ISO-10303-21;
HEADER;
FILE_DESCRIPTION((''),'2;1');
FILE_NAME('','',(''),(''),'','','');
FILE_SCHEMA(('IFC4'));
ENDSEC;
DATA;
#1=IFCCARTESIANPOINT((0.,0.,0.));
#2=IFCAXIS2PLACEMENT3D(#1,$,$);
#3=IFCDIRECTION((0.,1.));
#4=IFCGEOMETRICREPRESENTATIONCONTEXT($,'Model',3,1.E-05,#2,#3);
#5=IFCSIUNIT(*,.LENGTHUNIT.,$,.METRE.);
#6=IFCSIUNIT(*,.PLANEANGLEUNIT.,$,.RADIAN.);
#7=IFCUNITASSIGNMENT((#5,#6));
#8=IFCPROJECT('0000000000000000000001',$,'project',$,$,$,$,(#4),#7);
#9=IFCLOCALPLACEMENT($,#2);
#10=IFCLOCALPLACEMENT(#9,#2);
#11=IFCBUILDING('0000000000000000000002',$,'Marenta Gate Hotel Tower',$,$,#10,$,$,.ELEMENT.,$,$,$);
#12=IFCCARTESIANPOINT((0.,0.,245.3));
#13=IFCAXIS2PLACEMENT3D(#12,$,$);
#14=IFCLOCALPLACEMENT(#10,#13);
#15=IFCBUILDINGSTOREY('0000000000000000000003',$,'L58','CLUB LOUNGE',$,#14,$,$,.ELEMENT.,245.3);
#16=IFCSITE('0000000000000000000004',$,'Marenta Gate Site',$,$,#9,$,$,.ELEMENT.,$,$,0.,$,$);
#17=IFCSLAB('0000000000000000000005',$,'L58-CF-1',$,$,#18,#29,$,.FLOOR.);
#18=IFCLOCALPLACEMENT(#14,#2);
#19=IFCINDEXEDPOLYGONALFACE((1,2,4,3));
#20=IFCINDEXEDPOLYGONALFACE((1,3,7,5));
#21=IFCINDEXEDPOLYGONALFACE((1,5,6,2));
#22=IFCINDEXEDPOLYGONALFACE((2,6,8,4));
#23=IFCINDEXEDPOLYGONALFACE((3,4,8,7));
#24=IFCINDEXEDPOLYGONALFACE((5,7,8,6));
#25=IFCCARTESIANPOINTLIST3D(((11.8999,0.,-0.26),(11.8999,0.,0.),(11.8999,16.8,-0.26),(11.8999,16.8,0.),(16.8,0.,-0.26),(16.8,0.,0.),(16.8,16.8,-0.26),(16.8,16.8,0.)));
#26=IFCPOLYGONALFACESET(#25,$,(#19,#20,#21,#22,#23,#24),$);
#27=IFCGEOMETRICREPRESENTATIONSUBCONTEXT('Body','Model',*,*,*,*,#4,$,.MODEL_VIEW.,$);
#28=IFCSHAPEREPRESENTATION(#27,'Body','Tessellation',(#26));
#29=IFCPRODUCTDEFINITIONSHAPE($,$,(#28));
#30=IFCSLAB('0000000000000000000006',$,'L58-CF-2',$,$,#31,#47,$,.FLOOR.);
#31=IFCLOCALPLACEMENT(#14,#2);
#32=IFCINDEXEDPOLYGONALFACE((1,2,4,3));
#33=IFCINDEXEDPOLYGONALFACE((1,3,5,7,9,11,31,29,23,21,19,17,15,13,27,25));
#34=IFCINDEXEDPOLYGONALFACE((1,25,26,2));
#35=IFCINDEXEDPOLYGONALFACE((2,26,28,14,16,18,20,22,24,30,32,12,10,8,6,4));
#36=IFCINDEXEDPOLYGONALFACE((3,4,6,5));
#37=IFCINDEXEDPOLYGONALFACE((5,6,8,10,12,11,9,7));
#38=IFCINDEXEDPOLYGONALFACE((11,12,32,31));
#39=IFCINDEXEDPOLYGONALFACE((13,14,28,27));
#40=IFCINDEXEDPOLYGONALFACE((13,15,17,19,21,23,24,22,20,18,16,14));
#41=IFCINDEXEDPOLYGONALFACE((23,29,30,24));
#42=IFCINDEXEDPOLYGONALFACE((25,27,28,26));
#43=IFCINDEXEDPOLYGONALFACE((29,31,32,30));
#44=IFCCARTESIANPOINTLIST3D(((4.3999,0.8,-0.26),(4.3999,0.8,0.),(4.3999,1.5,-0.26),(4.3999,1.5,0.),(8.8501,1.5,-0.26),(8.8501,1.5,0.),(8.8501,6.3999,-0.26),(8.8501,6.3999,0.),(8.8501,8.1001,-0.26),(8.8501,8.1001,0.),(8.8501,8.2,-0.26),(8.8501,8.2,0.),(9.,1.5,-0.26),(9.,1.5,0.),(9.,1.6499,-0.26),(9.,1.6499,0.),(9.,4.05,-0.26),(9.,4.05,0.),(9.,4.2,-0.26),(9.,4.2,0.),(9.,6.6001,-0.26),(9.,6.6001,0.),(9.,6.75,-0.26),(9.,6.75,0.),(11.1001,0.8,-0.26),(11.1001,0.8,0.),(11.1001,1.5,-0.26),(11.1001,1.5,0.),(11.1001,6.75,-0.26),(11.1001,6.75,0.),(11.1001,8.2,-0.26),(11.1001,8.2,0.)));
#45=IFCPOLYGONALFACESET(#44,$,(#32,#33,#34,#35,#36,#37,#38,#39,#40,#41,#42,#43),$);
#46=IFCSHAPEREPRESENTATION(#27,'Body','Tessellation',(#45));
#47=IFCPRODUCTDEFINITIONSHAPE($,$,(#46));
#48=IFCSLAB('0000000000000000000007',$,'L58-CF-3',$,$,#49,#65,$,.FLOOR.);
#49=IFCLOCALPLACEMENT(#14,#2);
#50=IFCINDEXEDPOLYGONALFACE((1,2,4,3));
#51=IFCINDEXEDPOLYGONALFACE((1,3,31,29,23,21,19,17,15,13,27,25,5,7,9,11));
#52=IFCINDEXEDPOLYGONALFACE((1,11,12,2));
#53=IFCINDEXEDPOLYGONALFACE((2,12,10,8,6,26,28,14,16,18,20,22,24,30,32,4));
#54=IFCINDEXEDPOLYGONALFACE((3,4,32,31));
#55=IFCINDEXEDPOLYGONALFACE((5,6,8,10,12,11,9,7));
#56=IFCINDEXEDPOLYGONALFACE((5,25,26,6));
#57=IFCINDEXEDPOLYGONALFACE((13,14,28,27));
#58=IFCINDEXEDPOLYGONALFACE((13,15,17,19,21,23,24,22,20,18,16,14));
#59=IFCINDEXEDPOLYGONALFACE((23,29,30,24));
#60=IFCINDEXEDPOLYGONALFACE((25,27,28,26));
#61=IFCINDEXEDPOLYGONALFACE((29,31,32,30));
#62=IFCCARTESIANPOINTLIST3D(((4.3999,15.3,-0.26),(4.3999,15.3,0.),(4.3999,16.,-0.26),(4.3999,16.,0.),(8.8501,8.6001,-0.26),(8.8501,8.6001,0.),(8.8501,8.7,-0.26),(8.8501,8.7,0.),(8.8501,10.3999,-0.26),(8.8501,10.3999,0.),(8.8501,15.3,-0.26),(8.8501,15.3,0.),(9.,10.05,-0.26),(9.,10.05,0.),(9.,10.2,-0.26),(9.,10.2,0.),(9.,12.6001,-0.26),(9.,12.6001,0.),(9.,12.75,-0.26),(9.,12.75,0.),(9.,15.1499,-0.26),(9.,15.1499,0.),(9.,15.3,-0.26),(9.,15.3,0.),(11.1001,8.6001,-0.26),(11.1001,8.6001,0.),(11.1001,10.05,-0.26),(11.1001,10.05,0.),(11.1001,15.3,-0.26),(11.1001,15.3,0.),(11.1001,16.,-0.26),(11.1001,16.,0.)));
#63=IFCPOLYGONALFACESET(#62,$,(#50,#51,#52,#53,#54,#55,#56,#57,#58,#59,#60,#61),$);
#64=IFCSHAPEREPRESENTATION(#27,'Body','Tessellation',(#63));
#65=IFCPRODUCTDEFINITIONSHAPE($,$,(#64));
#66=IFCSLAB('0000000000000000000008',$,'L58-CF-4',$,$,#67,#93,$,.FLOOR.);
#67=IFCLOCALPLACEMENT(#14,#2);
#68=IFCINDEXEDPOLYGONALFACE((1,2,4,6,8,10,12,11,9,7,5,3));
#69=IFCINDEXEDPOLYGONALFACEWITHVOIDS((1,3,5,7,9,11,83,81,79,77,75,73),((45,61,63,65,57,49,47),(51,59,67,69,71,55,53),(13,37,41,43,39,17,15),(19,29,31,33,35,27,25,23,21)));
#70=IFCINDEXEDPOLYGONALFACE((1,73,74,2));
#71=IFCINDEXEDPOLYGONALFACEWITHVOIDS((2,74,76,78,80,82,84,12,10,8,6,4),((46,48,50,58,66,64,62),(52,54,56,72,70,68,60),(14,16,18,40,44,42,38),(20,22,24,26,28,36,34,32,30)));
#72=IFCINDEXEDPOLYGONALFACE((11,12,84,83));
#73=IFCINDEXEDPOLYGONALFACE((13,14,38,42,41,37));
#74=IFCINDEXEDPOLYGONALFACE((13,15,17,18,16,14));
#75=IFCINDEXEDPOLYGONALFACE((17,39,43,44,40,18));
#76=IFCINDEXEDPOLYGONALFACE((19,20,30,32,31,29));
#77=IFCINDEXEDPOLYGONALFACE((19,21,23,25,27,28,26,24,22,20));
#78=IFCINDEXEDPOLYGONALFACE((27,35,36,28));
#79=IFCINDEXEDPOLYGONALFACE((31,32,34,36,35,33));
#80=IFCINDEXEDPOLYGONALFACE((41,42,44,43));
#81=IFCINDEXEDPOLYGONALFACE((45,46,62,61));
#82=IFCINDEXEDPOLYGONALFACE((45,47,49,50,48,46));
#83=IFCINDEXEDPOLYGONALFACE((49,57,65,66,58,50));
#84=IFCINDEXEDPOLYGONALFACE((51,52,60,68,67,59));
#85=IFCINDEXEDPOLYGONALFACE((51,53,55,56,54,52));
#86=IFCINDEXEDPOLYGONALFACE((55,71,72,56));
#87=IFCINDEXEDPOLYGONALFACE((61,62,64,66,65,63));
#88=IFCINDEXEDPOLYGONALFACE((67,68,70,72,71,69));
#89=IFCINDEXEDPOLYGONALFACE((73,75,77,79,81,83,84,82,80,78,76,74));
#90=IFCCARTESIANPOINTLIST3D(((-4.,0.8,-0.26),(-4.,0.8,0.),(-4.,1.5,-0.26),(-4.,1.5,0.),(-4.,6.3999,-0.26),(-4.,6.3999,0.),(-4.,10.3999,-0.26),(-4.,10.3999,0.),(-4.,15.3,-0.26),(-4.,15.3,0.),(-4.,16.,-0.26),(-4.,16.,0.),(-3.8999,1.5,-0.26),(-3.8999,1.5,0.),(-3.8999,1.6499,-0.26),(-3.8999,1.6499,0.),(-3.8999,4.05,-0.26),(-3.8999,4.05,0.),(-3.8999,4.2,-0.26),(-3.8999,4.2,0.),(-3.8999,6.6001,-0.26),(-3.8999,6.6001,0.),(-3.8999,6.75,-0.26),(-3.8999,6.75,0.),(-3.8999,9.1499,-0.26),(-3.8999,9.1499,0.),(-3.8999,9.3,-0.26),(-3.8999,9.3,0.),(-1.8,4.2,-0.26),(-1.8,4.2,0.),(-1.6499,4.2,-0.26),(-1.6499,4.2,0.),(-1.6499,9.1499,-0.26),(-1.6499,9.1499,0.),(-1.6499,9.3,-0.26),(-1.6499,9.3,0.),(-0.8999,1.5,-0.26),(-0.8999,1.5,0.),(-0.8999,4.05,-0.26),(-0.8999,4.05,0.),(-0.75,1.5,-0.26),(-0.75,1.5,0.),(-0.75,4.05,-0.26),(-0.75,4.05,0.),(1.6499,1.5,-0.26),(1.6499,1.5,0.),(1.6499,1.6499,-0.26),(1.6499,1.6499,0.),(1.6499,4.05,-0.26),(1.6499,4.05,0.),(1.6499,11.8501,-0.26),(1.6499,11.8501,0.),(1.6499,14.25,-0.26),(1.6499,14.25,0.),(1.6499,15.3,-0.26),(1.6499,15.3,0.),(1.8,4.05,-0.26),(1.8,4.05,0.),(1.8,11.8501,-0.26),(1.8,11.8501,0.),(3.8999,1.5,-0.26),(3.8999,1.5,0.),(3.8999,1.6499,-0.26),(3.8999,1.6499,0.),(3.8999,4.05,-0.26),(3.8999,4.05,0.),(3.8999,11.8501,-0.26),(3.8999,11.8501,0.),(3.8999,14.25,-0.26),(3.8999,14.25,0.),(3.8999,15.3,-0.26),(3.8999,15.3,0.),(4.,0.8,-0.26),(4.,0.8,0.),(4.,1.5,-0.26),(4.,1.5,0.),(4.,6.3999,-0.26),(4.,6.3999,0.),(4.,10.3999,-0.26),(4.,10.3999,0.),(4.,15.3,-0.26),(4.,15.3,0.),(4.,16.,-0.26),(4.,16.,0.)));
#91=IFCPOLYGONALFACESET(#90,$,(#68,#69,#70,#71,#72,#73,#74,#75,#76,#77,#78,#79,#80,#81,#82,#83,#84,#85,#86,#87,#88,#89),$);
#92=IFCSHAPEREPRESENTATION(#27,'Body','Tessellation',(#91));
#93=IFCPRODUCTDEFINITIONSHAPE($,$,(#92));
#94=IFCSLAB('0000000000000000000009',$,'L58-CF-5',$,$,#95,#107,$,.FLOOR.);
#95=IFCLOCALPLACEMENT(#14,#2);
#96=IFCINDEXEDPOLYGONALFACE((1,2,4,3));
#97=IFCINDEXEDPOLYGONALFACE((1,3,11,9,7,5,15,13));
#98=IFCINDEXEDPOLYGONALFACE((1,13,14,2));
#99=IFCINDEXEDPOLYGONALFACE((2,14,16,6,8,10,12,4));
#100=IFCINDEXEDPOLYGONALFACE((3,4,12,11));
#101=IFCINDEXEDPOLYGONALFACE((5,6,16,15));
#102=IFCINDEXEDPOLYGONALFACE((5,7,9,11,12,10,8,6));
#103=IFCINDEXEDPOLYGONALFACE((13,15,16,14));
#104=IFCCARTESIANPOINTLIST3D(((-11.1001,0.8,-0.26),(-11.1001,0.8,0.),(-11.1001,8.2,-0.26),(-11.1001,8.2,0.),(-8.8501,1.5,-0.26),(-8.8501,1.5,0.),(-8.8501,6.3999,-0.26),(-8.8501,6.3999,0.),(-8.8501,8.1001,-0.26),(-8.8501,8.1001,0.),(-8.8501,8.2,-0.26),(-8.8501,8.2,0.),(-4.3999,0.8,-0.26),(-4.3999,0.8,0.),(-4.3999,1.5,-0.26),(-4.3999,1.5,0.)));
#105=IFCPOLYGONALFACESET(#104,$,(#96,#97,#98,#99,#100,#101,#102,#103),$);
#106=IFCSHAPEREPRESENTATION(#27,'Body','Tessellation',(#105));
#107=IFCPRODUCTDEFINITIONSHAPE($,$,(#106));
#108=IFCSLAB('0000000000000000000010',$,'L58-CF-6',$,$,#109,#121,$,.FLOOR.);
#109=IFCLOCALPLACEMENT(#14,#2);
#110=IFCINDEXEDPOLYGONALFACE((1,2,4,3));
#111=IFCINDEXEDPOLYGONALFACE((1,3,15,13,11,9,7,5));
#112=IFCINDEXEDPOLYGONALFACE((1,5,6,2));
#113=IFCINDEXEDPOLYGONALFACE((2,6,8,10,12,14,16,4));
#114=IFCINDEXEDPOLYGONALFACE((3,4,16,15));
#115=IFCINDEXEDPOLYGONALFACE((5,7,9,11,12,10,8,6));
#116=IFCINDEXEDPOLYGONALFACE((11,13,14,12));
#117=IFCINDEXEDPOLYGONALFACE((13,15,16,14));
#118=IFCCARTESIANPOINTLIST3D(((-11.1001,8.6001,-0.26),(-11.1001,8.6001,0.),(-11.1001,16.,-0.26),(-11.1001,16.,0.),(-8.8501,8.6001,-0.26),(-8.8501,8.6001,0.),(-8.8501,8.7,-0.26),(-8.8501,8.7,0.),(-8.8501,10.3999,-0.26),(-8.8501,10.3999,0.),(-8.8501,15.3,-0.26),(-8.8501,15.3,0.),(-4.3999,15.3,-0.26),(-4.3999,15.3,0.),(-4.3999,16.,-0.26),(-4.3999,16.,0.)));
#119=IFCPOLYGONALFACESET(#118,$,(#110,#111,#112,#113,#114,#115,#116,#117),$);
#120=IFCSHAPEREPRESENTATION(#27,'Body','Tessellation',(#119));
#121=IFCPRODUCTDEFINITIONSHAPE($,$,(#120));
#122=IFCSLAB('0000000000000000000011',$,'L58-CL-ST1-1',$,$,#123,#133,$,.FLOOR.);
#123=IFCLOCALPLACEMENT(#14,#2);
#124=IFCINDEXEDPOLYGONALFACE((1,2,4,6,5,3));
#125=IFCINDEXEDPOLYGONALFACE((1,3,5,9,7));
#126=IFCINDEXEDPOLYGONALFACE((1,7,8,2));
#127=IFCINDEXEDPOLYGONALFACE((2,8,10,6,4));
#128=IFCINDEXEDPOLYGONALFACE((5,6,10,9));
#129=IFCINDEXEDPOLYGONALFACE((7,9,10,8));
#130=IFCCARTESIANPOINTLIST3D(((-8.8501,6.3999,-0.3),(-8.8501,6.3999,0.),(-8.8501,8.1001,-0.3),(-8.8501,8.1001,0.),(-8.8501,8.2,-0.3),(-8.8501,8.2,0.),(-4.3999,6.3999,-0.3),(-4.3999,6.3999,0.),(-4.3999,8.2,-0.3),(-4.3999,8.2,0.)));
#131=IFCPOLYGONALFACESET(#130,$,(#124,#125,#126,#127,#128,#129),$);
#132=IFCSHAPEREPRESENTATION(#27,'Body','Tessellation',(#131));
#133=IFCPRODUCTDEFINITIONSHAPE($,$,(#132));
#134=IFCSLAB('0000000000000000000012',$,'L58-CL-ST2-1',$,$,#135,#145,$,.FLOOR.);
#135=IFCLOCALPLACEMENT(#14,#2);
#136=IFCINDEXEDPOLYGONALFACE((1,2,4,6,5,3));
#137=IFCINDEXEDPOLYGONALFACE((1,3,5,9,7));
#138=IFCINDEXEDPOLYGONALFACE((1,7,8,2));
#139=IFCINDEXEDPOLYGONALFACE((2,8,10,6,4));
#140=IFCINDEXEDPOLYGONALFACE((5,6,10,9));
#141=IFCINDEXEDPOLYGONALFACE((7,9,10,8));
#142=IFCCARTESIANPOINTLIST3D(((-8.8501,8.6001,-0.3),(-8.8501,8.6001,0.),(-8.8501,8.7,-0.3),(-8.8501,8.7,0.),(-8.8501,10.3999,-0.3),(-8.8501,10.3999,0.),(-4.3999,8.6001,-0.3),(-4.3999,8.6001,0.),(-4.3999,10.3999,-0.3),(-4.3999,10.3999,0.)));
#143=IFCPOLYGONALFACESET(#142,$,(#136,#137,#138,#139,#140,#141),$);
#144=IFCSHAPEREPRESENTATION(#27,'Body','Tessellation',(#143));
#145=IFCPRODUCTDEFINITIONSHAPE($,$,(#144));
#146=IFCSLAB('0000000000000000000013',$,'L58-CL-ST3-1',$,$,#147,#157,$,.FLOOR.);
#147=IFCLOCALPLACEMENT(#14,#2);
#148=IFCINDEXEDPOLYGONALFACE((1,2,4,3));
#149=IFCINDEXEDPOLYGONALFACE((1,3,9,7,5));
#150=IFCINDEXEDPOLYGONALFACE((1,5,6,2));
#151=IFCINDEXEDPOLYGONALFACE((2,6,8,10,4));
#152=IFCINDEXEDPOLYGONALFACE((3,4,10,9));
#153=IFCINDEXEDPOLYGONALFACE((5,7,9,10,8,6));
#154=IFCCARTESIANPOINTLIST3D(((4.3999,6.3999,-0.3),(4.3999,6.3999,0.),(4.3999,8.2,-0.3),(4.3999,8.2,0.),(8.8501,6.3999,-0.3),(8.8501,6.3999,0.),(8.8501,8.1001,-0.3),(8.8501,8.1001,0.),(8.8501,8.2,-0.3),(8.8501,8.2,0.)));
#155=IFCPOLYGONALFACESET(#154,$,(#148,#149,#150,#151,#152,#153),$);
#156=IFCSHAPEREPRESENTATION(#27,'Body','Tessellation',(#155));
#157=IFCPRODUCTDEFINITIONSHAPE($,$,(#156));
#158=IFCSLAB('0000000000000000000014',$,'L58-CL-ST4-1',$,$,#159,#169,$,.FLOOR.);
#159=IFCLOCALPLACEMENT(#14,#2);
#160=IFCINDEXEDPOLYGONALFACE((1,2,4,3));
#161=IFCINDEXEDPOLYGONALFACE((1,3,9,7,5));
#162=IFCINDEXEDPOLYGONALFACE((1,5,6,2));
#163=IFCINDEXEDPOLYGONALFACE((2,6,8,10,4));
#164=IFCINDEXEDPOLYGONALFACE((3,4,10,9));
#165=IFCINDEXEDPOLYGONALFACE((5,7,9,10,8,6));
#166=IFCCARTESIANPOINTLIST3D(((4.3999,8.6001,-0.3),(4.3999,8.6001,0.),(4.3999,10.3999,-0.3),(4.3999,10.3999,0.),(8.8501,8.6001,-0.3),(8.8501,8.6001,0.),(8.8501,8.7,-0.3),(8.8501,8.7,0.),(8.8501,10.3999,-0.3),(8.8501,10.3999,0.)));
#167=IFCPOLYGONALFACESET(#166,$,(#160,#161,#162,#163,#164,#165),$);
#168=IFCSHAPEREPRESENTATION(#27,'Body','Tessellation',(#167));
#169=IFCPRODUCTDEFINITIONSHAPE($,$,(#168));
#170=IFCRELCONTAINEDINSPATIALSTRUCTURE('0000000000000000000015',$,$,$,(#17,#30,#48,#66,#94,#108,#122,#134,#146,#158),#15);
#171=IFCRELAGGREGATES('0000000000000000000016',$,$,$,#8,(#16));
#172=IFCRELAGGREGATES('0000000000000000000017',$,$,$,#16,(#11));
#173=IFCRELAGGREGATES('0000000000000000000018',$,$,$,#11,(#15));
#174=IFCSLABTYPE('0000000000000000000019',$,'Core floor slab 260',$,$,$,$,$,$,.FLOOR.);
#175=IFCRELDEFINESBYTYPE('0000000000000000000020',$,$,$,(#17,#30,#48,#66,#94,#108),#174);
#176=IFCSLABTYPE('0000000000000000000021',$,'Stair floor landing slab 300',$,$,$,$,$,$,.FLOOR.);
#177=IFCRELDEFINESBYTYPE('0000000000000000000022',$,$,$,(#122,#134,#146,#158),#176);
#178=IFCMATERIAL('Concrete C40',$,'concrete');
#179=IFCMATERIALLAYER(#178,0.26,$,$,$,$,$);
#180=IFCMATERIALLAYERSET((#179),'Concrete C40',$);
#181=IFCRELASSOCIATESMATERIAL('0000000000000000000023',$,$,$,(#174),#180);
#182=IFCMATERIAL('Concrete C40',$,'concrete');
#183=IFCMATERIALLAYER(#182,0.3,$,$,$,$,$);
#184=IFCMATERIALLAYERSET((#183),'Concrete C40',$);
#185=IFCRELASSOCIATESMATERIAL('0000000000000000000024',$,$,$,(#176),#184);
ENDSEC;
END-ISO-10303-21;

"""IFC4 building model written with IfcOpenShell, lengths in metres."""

from ifc_helpers import new_model, si_unit, direction, frame, origin, place, context, subcontext, project, spatial, polyline, outline, extrude, material, layer, layer_set, type_object, element, save


model = new_model("IFC4")

# Units and contexts
model_context = context("Model", 3, precision=1e-05, world=origin(), true_north=direction((0.0, 1.0)))
body_context = subcontext(model_context, "Body", "Model", "MODEL_VIEW")
ifc_project = project(units=[si_unit("LENGTHUNIT", "METRE"), si_unit("PLANEANGLEUNIT", "RADIAN")], contexts=[model_context])

# Site, building, storey
site_placement = place(None, origin())
site = spatial("IfcSite", under=ifc_project, at=site_placement, Name="Marenta Gate Site", CompositionType="ELEMENT", RefElevation=0.0)
building_placement = place(site_placement, origin())
building = spatial("IfcBuilding", under=site, at=building_placement, Name="Marenta Gate Hotel Tower", CompositionType="ELEMENT")
storey_placement = place(building_placement, frame((0.0, 0.0, 245.3)))
storey = spatial("IfcBuildingStorey", under=building, at=storey_placement, Name="L58", Description="CLUB LOUNGE", CompositionType="ELEMENT", Elevation=245.3)

# Slabs
ifc_material_1 = material(Name="Concrete C40", Category="concrete")
ifc_layer_1 = layer(ifc_material_1, 0.26)
ifc_layer_set_1 = layer_set([ifc_layer_1], Name="Concrete C40")
slab_type_1 = type_object("IfcSlabType", Name="Core floor slab 260", PredefinedType="FLOOR", material=ifc_layer_set_1)
slab_1_placement = place(storey_placement, frame((0.0, 0.0, -0.26)))
element("IfcSlab", 1, at=slab_1_placement, inside=storey, type_object=slab_type_1, Name="L58-CF-1", PredefinedType="FLOOR", context=body_context, shape_type="SweptSolid", body=[
    extrude(outline(polyline([(11.8999, 0.0), (11.8999, 16.8), (16.8, 16.8), (16.8, 0.0), (11.8999, 0.0)])), origin(), (0.0, 0.0, 1.0), 0.26),
])
slab_2_placement = place(storey_placement, frame((0.0, 0.0, -0.26)))
element("IfcSlab", 2, at=slab_2_placement, inside=storey, type_object=slab_type_1, Name="L58-CF-2", PredefinedType="FLOOR", context=body_context, shape_type="SweptSolid", body=[
    extrude(outline(polyline([(8.8501, 1.5), (8.8501, 6.3999), (8.8501, 8.1001), (8.8501, 8.2), (11.1001, 8.2), (11.1001, 6.75), (9.0, 6.75), (9.0, 6.6001), (9.0, 4.2), (9.0, 4.05), (9.0, 1.6499), (9.0, 1.5), (11.1001, 1.5), (11.1001, 0.8), (4.3999, 0.8), (4.3999, 1.5), (8.8501, 1.5)])), origin(), (0.0, 0.0, 1.0), 0.26),
])
slab_3_placement = place(storey_placement, frame((0.0, 0.0, -0.26)))
element("IfcSlab", 3, at=slab_3_placement, inside=storey, type_object=slab_type_1, Name="L58-CF-3", PredefinedType="FLOOR", context=body_context, shape_type="SweptSolid", body=[
    extrude(outline(polyline([(8.8501, 15.3), (4.3999, 15.3), (4.3999, 16.0), (11.1001, 16.0), (11.1001, 15.3), (9.0, 15.3), (9.0, 15.1499), (9.0, 12.75), (9.0, 12.6001), (9.0, 10.2), (9.0, 10.05), (11.1001, 10.05), (11.1001, 8.6001), (8.8501, 8.6001), (8.8501, 8.7), (8.8501, 10.3999), (8.8501, 15.3)])), origin(), (0.0, 0.0, 1.0), 0.26),
])
slab_4_placement = place(storey_placement, frame((0.0, 0.0, -0.26)))
element("IfcSlab", 4, at=slab_4_placement, inside=storey, type_object=slab_type_1, Name="L58-CF-4", PredefinedType="FLOOR", context=body_context, shape_type="SweptSolid", body=[
    extrude(outline(polyline([(4.0, 15.3), (4.0, 10.3999), (4.0, 6.3999), (4.0, 1.5), (4.0, 0.8), (-4.0, 0.8), (-4.0, 1.5), (-4.0, 6.3999), (-4.0, 10.3999), (-4.0, 15.3), (-4.0, 16.0), (4.0, 16.0), (4.0, 15.3)]), holes=[polyline([(1.6499, 14.25), (1.6499, 11.8501), (1.8, 11.8501), (3.8999, 11.8501), (3.8999, 14.25), (3.8999, 15.3), (1.6499, 15.3), (1.6499, 14.25)]), polyline([(3.8999, 1.6499), (3.8999, 4.05), (1.8, 4.05), (1.6499, 4.05), (1.6499, 1.6499), (1.6499, 1.5), (3.8999, 1.5), (3.8999, 1.6499)]), polyline([(-3.8999, 1.6499), (-3.8999, 1.5), (-0.8999, 1.5), (-0.75, 1.5), (-0.75, 4.05), (-0.8999, 4.05), (-3.8999, 4.05), (-3.8999, 1.6499)]), polyline([(-1.8, 4.2), (-1.6499, 4.2), (-1.6499, 9.1499), (-1.6499, 9.3), (-3.8999, 9.3), (-3.8999, 9.1499), (-3.8999, 6.75), (-3.8999, 6.6001), (-3.8999, 4.2), (-1.8, 4.2)])]), origin(), (0.0, 0.0, 1.0), 0.26),
])
slab_5_placement = place(storey_placement, frame((0.0, 0.0, -0.26)))
element("IfcSlab", 5, at=slab_5_placement, inside=storey, type_object=slab_type_1, Name="L58-CF-5", PredefinedType="FLOOR", context=body_context, shape_type="SweptSolid", body=[
    extrude(outline(polyline([(-8.8501, 8.2), (-8.8501, 8.1001), (-8.8501, 6.3999), (-8.8501, 1.5), (-4.3999, 1.5), (-4.3999, 0.8), (-11.1001, 0.8), (-11.1001, 8.2), (-8.8501, 8.2)])), origin(), (0.0, 0.0, 1.0), 0.26),
])
slab_6_placement = place(storey_placement, frame((0.0, 0.0, -0.26)))
element("IfcSlab", 6, at=slab_6_placement, inside=storey, type_object=slab_type_1, Name="L58-CF-6", PredefinedType="FLOOR", context=body_context, shape_type="SweptSolid", body=[
    extrude(outline(polyline([(-4.3999, 15.3), (-8.8501, 15.3), (-8.8501, 10.3999), (-8.8501, 8.7), (-8.8501, 8.6001), (-11.1001, 8.6001), (-11.1001, 16.0), (-4.3999, 16.0), (-4.3999, 15.3)])), origin(), (0.0, 0.0, 1.0), 0.26),
])
ifc_material_2 = material(Name="Concrete C40", Category="concrete")
ifc_layer_2 = layer(ifc_material_2, 0.3)
ifc_layer_set_2 = layer_set([ifc_layer_2], Name="Concrete C40")
slab_type_2 = type_object("IfcSlabType", Name="Stair floor landing slab 300", PredefinedType="FLOOR", material=ifc_layer_set_2)
slab_7_placement = place(storey_placement, frame((0.0, 0.0, -0.3)))
element("IfcSlab", 7, at=slab_7_placement, inside=storey, type_object=slab_type_2, Name="L58-CL-ST1-1", PredefinedType="FLOOR", context=body_context, shape_type="SweptSolid", body=[
    extrude(outline(polyline([(-4.3999, 6.3999), (-8.8501, 6.3999), (-8.8501, 8.1001), (-8.8501, 8.2), (-4.3999, 8.2), (-4.3999, 6.3999)])), origin(), (0.0, 0.0, 1.0), 0.3),
])
slab_8_placement = place(storey_placement, frame((0.0, 0.0, -0.3)))
element("IfcSlab", 8, at=slab_8_placement, inside=storey, type_object=slab_type_2, Name="L58-CL-ST2-1", PredefinedType="FLOOR", context=body_context, shape_type="SweptSolid", body=[
    extrude(outline(polyline([(-4.3999, 8.6001), (-8.8501, 8.6001), (-8.8501, 8.7), (-8.8501, 10.3999), (-4.3999, 10.3999), (-4.3999, 8.6001)])), origin(), (0.0, 0.0, 1.0), 0.3),
])
slab_9_placement = place(storey_placement, frame((0.0, 0.0, -0.3)))
element("IfcSlab", 9, at=slab_9_placement, inside=storey, type_object=slab_type_2, Name="L58-CL-ST3-1", PredefinedType="FLOOR", context=body_context, shape_type="SweptSolid", body=[
    extrude(outline(polyline([(4.3999, 6.3999), (4.3999, 8.2), (8.8501, 8.2), (8.8501, 8.1001), (8.8501, 6.3999), (4.3999, 6.3999)])), origin(), (0.0, 0.0, 1.0), 0.3),
])
slab_10_placement = place(storey_placement, frame((0.0, 0.0, -0.3)))
element("IfcSlab", 10, at=slab_10_placement, inside=storey, type_object=slab_type_2, Name="L58-CL-ST4-1", PredefinedType="FLOOR", context=body_context, shape_type="SweptSolid", body=[
    extrude(outline(polyline([(4.3999, 8.6001), (4.3999, 10.3999), (8.8501, 10.3999), (8.8501, 8.7), (8.8501, 8.6001), (4.3999, 8.6001)])), origin(), (0.0, 0.0, 1.0), 0.3),
])

save(model, "model.ifc")
